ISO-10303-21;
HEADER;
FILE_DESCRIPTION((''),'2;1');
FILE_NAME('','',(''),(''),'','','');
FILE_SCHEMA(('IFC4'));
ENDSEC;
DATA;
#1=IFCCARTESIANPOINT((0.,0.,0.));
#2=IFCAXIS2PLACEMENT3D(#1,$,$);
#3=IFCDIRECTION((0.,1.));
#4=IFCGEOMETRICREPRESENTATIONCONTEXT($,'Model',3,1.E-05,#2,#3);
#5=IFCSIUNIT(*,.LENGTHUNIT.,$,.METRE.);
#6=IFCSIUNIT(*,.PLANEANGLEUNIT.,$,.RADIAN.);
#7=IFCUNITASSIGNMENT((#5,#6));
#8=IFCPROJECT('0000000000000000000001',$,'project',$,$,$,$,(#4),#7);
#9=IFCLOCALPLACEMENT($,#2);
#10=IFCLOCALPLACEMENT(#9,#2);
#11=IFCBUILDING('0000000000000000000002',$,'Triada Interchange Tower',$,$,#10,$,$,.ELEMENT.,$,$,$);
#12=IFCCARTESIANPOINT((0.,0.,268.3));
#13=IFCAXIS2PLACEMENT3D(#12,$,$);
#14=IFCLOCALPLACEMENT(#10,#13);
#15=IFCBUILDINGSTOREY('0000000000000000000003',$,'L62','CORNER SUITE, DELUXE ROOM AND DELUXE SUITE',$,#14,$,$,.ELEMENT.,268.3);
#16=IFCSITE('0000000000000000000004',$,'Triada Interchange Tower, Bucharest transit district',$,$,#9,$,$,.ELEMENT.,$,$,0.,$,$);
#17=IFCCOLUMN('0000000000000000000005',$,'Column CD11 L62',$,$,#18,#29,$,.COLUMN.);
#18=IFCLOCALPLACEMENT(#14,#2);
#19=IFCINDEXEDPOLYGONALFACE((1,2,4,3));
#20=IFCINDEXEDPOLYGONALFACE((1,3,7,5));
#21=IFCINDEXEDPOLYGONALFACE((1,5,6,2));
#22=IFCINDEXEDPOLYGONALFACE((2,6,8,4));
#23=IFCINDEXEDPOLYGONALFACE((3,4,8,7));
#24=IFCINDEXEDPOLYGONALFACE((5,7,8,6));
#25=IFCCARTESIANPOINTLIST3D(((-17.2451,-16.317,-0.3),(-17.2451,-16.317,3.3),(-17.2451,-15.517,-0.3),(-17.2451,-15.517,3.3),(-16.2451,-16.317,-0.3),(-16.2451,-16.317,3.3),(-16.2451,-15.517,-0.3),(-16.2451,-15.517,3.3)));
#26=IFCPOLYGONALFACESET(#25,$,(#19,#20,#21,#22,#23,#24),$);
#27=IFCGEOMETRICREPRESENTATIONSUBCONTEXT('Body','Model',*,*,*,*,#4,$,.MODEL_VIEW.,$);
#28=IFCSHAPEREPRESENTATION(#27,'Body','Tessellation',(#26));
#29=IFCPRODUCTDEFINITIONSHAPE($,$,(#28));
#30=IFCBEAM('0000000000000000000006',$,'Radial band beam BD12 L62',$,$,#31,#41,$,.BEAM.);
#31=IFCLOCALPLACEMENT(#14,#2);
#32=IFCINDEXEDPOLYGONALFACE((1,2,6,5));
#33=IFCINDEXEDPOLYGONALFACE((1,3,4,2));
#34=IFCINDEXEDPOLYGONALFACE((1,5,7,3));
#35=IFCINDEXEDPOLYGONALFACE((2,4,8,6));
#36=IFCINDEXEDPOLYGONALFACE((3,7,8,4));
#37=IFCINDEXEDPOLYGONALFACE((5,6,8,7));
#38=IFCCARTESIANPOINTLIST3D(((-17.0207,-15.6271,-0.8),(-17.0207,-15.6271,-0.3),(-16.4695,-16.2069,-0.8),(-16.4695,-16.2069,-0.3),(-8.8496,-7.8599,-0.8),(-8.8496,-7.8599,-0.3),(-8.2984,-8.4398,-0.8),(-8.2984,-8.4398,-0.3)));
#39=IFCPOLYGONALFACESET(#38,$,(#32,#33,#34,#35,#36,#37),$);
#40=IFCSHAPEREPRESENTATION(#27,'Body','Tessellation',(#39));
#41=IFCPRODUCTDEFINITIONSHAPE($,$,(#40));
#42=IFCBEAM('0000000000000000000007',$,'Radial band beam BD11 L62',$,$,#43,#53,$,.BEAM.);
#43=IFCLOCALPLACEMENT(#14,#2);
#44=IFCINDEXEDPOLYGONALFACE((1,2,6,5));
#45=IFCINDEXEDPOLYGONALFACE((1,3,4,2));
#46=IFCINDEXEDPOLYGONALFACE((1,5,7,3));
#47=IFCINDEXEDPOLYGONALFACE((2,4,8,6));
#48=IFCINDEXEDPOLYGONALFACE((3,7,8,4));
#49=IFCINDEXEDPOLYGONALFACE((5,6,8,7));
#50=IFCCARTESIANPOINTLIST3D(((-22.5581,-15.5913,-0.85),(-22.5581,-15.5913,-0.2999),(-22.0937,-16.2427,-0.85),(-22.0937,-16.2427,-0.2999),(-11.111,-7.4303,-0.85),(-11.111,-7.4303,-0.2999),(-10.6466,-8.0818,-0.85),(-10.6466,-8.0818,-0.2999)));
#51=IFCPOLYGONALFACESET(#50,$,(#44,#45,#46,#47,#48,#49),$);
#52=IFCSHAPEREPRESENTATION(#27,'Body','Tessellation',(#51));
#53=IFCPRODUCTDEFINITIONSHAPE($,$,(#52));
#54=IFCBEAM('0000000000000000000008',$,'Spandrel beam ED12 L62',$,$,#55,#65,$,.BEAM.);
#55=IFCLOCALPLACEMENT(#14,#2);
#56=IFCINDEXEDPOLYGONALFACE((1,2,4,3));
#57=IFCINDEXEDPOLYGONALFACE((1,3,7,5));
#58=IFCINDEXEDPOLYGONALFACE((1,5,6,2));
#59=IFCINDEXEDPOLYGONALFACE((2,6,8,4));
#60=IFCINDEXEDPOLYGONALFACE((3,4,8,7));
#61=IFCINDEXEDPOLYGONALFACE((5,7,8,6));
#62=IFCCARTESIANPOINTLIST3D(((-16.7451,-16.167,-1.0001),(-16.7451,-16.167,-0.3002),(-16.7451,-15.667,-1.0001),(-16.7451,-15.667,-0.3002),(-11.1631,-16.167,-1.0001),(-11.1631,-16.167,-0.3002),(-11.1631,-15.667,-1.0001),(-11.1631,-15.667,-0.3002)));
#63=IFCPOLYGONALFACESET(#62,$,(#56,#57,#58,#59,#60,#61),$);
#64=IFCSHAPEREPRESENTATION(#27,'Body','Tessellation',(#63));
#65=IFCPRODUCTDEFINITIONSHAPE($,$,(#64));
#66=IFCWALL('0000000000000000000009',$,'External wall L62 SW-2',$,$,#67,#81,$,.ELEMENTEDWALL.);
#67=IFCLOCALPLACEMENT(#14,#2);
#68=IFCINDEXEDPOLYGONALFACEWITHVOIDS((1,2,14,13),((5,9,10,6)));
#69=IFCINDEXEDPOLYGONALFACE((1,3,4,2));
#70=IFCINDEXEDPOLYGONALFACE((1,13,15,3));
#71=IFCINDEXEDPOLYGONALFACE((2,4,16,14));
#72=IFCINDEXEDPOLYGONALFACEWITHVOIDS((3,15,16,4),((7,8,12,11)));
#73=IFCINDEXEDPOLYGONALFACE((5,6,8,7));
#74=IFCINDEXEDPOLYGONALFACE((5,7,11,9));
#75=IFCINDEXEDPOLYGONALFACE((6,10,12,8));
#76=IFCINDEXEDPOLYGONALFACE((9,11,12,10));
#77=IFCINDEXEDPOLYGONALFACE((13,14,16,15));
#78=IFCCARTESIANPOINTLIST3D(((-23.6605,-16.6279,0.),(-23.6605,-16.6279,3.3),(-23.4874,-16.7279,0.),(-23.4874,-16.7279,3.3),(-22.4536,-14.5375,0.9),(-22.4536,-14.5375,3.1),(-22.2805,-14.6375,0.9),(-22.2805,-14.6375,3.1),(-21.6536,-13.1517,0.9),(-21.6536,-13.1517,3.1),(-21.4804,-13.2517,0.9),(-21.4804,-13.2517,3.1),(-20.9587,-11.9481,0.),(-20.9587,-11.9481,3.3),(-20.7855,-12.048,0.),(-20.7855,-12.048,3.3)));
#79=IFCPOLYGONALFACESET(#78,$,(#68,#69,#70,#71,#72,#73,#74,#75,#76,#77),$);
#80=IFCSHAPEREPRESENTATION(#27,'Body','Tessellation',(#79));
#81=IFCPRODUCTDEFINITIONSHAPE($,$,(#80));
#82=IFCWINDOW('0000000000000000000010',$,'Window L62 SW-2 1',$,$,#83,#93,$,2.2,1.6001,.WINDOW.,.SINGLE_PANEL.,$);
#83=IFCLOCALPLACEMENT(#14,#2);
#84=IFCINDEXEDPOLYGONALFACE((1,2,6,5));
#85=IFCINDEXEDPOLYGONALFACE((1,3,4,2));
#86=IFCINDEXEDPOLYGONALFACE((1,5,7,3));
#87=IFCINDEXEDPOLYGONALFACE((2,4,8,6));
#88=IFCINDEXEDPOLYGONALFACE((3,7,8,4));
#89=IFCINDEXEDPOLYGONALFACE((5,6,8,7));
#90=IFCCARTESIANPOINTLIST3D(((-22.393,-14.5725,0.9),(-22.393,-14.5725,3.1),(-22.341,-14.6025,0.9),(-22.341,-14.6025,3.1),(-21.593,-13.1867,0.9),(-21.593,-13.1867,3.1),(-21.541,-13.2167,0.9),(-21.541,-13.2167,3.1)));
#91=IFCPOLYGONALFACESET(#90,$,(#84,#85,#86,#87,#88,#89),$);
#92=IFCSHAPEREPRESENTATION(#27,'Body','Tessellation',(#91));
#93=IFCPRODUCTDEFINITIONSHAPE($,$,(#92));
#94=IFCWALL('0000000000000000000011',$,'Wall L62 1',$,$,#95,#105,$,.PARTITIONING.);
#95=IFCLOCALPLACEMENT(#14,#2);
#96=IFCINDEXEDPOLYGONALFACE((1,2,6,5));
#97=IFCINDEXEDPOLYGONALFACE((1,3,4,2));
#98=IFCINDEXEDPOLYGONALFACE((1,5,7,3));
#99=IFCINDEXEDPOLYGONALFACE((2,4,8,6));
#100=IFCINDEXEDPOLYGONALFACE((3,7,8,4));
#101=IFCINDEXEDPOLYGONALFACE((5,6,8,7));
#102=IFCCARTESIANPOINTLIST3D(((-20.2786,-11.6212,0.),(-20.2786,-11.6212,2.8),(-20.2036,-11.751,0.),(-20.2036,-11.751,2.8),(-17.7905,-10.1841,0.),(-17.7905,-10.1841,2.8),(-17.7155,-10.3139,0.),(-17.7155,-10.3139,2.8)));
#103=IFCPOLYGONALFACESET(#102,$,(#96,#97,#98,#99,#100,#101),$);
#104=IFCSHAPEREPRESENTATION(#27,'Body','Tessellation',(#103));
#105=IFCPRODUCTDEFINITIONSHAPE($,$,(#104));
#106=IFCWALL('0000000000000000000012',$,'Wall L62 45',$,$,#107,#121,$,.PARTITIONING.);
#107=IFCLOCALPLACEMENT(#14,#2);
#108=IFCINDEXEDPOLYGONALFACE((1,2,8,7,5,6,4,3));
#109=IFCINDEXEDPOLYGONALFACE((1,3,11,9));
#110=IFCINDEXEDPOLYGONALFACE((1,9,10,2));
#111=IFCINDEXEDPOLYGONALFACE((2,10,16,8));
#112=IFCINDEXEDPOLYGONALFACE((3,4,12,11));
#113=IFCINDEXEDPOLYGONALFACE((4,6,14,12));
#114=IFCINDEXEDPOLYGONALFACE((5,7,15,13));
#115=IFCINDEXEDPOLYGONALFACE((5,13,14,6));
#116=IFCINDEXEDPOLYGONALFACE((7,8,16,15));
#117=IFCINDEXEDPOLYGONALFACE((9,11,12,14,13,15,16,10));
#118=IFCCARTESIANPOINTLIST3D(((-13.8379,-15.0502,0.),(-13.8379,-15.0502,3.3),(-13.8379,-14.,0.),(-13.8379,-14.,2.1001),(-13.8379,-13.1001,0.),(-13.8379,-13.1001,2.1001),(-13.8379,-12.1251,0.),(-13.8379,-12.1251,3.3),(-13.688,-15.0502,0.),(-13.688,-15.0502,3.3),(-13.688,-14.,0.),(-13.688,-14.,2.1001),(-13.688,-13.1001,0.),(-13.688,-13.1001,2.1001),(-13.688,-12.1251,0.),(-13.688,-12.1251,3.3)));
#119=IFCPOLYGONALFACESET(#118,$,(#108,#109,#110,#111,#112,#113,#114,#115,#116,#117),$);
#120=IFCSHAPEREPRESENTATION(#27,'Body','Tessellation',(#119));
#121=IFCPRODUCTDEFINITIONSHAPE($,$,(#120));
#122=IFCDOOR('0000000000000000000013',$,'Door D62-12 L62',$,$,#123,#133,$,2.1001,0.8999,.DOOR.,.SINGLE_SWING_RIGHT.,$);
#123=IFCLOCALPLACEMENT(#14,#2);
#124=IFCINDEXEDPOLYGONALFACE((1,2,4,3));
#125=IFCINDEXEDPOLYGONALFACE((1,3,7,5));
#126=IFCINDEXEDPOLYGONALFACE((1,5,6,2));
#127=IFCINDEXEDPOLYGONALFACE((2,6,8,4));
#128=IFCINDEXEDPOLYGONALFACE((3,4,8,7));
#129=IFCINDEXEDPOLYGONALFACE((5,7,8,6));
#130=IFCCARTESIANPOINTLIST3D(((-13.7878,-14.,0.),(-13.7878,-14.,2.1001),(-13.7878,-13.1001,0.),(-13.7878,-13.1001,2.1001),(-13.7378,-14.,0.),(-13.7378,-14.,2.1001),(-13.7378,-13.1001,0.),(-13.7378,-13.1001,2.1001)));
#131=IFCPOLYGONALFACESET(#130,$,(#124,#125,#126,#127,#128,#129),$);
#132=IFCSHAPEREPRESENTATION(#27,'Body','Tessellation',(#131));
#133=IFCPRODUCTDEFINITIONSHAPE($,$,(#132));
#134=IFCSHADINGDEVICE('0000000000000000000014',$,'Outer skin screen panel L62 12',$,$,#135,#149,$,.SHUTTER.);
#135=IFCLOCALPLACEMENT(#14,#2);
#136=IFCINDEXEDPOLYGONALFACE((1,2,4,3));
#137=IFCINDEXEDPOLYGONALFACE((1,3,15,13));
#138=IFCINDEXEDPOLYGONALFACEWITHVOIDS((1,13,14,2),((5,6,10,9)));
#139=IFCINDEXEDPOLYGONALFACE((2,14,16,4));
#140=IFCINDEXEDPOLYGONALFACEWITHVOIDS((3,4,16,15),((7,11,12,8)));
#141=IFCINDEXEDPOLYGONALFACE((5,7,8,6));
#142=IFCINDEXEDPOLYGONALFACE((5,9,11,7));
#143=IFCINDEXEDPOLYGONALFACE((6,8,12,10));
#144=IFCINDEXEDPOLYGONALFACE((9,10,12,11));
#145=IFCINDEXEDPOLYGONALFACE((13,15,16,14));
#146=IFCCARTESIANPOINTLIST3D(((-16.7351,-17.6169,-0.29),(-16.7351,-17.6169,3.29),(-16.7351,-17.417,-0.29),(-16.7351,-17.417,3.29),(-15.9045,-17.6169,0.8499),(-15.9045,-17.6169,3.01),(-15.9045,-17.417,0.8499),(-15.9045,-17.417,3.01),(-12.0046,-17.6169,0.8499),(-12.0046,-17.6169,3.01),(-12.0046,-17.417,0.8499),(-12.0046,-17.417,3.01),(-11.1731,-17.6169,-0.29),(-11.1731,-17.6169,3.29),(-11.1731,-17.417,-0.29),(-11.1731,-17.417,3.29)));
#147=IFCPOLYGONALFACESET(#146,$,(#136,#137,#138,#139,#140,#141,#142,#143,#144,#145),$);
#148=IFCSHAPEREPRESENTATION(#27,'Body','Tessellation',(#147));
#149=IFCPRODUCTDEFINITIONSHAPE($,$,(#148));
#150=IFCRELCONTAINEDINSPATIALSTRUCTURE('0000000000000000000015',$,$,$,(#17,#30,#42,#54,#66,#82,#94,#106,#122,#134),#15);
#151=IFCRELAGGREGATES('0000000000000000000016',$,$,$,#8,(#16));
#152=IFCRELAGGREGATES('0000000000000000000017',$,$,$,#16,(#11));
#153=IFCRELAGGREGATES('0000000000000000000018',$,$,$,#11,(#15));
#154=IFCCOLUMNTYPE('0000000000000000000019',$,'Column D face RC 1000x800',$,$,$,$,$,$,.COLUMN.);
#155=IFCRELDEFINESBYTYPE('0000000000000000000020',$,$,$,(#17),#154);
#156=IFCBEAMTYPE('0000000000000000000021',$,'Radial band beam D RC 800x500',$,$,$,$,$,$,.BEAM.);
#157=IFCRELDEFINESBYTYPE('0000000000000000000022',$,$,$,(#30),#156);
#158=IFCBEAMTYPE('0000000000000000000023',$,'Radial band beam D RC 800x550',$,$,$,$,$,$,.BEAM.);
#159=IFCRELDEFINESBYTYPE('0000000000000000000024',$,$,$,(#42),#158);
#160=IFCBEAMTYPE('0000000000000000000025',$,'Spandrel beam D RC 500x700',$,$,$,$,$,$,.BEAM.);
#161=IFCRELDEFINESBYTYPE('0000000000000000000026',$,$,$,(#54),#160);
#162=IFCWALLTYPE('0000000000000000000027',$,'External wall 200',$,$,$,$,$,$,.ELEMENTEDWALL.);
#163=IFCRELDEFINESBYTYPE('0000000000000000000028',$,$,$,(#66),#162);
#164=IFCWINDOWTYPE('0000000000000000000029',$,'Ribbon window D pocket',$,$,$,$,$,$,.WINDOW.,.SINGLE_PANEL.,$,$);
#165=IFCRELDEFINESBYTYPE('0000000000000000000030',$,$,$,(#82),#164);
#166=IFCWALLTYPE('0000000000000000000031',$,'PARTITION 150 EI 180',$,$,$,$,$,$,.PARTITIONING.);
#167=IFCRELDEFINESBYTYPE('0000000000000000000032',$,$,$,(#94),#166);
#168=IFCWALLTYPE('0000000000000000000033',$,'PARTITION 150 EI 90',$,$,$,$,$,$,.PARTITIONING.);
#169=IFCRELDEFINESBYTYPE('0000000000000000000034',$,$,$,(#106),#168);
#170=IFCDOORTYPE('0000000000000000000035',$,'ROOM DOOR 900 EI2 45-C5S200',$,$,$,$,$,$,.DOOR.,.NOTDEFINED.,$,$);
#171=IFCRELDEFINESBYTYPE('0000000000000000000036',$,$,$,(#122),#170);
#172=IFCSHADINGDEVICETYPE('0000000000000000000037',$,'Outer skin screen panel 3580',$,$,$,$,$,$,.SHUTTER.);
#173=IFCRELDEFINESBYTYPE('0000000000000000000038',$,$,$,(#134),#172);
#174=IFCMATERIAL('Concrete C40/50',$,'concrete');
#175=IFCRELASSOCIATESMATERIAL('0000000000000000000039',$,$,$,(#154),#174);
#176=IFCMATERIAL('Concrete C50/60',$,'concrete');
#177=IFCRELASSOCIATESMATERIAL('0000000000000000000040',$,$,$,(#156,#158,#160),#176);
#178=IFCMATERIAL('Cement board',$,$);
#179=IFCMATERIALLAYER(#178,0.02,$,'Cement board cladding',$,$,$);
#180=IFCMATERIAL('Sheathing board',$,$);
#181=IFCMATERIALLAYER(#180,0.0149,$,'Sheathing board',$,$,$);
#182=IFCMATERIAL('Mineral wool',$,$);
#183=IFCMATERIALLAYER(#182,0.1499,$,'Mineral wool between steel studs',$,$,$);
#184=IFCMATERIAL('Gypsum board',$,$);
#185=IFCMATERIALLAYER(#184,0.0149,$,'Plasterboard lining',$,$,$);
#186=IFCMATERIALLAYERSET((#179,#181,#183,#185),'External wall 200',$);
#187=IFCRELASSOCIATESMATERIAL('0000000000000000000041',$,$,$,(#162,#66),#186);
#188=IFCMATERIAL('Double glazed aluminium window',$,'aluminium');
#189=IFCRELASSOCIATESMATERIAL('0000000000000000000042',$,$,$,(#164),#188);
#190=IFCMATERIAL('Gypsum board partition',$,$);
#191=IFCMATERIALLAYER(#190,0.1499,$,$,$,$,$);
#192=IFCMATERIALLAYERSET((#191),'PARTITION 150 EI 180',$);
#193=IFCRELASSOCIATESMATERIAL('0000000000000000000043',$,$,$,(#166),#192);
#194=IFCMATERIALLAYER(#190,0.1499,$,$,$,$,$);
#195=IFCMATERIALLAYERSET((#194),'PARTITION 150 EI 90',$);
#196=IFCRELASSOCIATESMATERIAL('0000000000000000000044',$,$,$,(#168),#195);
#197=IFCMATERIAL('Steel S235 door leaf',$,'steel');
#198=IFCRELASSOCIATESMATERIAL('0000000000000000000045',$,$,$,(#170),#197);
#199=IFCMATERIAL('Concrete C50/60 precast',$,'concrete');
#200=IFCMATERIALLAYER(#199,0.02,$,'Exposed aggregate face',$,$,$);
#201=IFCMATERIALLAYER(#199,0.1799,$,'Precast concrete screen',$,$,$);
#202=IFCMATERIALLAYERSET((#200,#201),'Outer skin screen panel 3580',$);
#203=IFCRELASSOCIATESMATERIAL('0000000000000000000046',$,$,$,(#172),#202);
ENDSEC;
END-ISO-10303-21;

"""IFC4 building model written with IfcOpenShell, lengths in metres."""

from ifc_helpers import new_model, si_unit, direction, frame, frame_2d, origin, origin_2d, place, context, subcontext, project, spatial, polyline, rectangle, outline, extrude, material, layer, layer_set, layer_usage, material_profile, profile_set, type_object, element, fill, save


model = new_model("IFC4")

# Units and contexts
model_context = context("Model", 3, precision=1e-05, world=origin(), true_north=direction((0.0, 1.0)))
body_context = subcontext(model_context, "Body", "Model", "MODEL_VIEW")
ifc_project = project(units=[si_unit("LENGTHUNIT", "METRE"), si_unit("PLANEANGLEUNIT", "RADIAN")], contexts=[model_context])

# Site, building, storey
site_placement = place(None, origin())
site = spatial("IfcSite", under=ifc_project, at=site_placement, Name="Triada Interchange Tower, Bucharest transit district", CompositionType="ELEMENT", RefElevation=0.0)
building_placement = place(site_placement, origin())
building = spatial("IfcBuilding", under=site, at=building_placement, Name="Triada Interchange Tower", CompositionType="ELEMENT")
storey_placement = place(building_placement, frame((0.0, 0.0, 268.3)))
storey = spatial("IfcBuildingStorey", under=building, at=storey_placement, Name="L62", Description="CORNER SUITE, DELUXE ROOM AND DELUXE SUITE", CompositionType="ELEMENT", Elevation=268.3)

# Column
ifc_material_1 = material(Name="Concrete C40/50", Category="concrete")
ifc_material_profile_1 = material_profile(ifc_material_1, rectangle(XDim=1.0, YDim=0.8, at=origin_2d()), Name="RC 1000x800")
ifc_profile_set_1 = profile_set([ifc_material_profile_1], Name="Concrete C40/50")
column_type = type_object("IfcColumnType", Name="Column D face RC 1000x800", PredefinedType="COLUMN", material=ifc_profile_set_1)
column_placement = place(storey_placement, frame((-16.7451, -15.917, -0.3), z_axis=(0.0, 0.0, 1.0), x_axis=(1.0, 0.0, 0.0)))
element("IfcColumn", 1, at=column_placement, inside=storey, type_object=column_type, Name="Column CD11 L62", PredefinedType="COLUMN", context=body_context, shape_type="SweptSolid", body=[
    extrude(rectangle(XDim=1.0, YDim=0.8, at=origin_2d()), origin(), (0.0, 0.0, 1.0), 3.6001),
])

# Beams
ifc_material_2 = material(Name="Concrete C50/60", Category="concrete")
ifc_material_profile_2 = material_profile(ifc_material_2, rectangle(XDim=0.8, YDim=0.5, at=origin_2d()), Name="RC 800x500")
ifc_profile_set_2 = profile_set([ifc_material_profile_2], Name="Concrete C50/60")
beam_type_1 = type_object("IfcBeamType", Name="Radial band beam D RC 800x500", PredefinedType="BEAM", material=ifc_profile_set_2)
beam_1_placement = place(storey_placement, frame((-16.7451, -15.917, -0.55), z_axis=(0.7248, 0.688959, 0.0), x_axis=(-0.688959, 0.7248, 0.0)))
element("IfcBeam", 2, at=beam_1_placement, inside=storey, type_object=beam_type_1, Name="Radial band beam BD12 L62", PredefinedType="BEAM", context=body_context, shape_type="SweptSolid", body=[
    extrude(rectangle(XDim=0.8, YDim=0.5, at=origin_2d()), origin(), (0.0, 0.0, 1.0), 11.2737),
])
ifc_material_profile_3 = material_profile(ifc_material_2, rectangle(XDim=0.8, YDim=0.55, at=origin_2d()), Name="RC 800x550")
ifc_profile_set_3 = profile_set([ifc_material_profile_3], Name="Concrete C50/60")
beam_type_2 = type_object("IfcBeamType", Name="Radial band beam D RC 800x550", PredefinedType="BEAM", material=ifc_profile_set_3)
beam_2_placement = place(storey_placement, frame((-22.3259, -15.917, -0.575), z_axis=(0.814256, 0.580505, 0.0), x_axis=(-0.580505, 0.814256, 0.0)))
element("IfcBeam", 3, at=beam_2_placement, inside=storey, type_object=beam_type_2, Name="Radial band beam BD11 L62", PredefinedType="BEAM", context=body_context, shape_type="SweptSolid", body=[
    extrude(rectangle(XDim=0.8, YDim=0.55, at=origin_2d()), origin(), (0.0, 0.0, 1.0), 14.0583),
])
ifc_material_profile_4 = material_profile(ifc_material_2, rectangle(XDim=0.5, YDim=0.7, at=origin_2d()), Name="RC 500x700")
ifc_profile_set_4 = profile_set([ifc_material_profile_4], Name="Concrete C50/60")
beam_type_3 = type_object("IfcBeamType", Name="Spandrel beam D RC 500x700", PredefinedType="BEAM", material=ifc_profile_set_4)
beam_3_placement = place(storey_placement, frame((-16.7451, -15.917, -0.6501), z_axis=(1.0, 0.0, 0.0), x_axis=(0.0, 1.0, 0.0)))
element("IfcBeam", 4, at=beam_3_placement, inside=storey, type_object=beam_type_3, Name="Spandrel beam ED12 L62", PredefinedType="BEAM", context=body_context, shape_type="SweptSolid", body=[
    extrude(rectangle(XDim=0.5, YDim=0.7, at=origin_2d()), origin(), (0.0, 0.0, 1.0), 5.582),
])

# Wall, opening, window
ifc_material_3 = material(Name="Cement board")
ifc_layer_1 = layer(ifc_material_3, 0.02, Name="Cement board cladding")
ifc_material_4 = material(Name="Sheathing board")
ifc_layer_2 = layer(ifc_material_4, 0.0149, Name="Sheathing board")
ifc_material_5 = material(Name="Mineral wool")
ifc_layer_3 = layer(ifc_material_5, 0.1499, Name="Mineral wool between steel studs")
ifc_material_6 = material(Name="Gypsum board")
ifc_layer_4 = layer(ifc_material_6, 0.0149, Name="Plasterboard lining")
ifc_layer_set_1 = layer_set([ifc_layer_1, ifc_layer_2, ifc_layer_3, ifc_layer_4], Name="External wall 200")
ifc_layer_usage = layer_usage(ifc_layer_set_1, "AXIS2", "POSITIVE", -0.1001)
wall_type_1 = type_object("IfcWallType", Name="External wall 200", PredefinedType="ELEMENTEDWALL", material=ifc_layer_set_1)
wall_1_placement = place(storey_placement, frame((-20.8721, -11.998, 0.0), z_axis=(0.0, 0.0, 1.0), x_axis=(-0.499992, -0.86603, 0.0)))
wall_1 = element("IfcWall", 5, at=wall_1_placement, inside=storey, type_object=wall_type_1, material=ifc_layer_usage, Name="External wall L62 SW-2", PredefinedType="ELEMENTEDWALL", context=body_context, shape_type="SweptSolid", body=[
    extrude(rectangle(XDim=5.4038, YDim=0.2, at=frame_2d((2.7019, 0.0))), origin(), (0.0, 0.0, 1.0), 3.3),
])
opening_1_placement = place(wall_1_placement, frame((1.3899, 0.0, 0.8999)))
opening_1 = element("IfcOpeningElement", 6, at=opening_1_placement, cuts=wall_1, PredefinedType="OPENING", context=body_context, shape_type="SweptSolid", body=[
    extrude(rectangle(XDim=1.6001, YDim=2.2, at=frame_2d((0.8, 1.1001))), frame((0.0, 0.1099, 0.0), z_axis=(0.0, -1.0, 0.0), x_axis=(1.0, 0.0, 0.0)), (0.0, 0.0, 1.0), 0.22),
])
ifc_material_7 = material(Name="Double glazed aluminium window", Category="aluminium")
window_type = type_object("IfcWindowType", Name="Ribbon window D pocket", PartitioningType="SINGLE_PANEL", PredefinedType="WINDOW", material=ifc_material_7)
window_placement = place(opening_1_placement, origin())
window = element("IfcWindow", 7, at=window_placement, inside=storey, type_object=window_type, Name="Window L62 SW-2 1", OverallHeight=2.2, OverallWidth=1.6001, PartitioningType="SINGLE_PANEL", PredefinedType="WINDOW", context=body_context, shape_type="SweptSolid", body=[
    extrude(rectangle(XDim=1.6001, YDim=2.2, at=frame_2d((0.8, 1.1001))), frame((0.0, 0.03, 0.0), z_axis=(0.0, -1.0, 0.0), x_axis=(1.0, 0.0, 0.0)), (0.0, 0.0, 1.0), 0.0601),
])
fill(opening_1, window)

# Wall
ifc_material_8 = material(Name="Gypsum board partition")
ifc_layer_5 = layer(ifc_material_8, 0.1499)
ifc_layer_set_2 = layer_set([ifc_layer_5], Name="PARTITION 150 EI 180")
wall_type_2 = type_object("IfcWallType", Name="PARTITION 150 EI 180", PredefinedType="PARTITIONING", material=ifc_layer_set_2)
wall_2_placement = place(storey_placement, frame((-20.241, -11.686, 0.0), z_axis=(0.0, 0.0, 1.0), x_axis=(0.865944, 0.500142, 0.0)))
element("IfcWall", 8, at=wall_2_placement, inside=storey, type_object=wall_type_2, Name="Wall L62 1", PredefinedType="PARTITIONING", context=body_context, shape_type="SweptSolid", body=[
    extrude(rectangle(XDim=2.8733, YDim=0.1499, at=frame_2d((1.4365, 0.0))), origin(), (0.0, 0.0, 1.0), 2.8),
])

# Wall, opening, door
ifc_layer_6 = layer(ifc_material_8, 0.1499)
ifc_layer_set_3 = layer_set([ifc_layer_6], Name="PARTITION 150 EI 90")
wall_type_3 = type_object("IfcWallType", Name="PARTITION 150 EI 90", PredefinedType="PARTITIONING", material=ifc_layer_set_3)
wall_3_placement = place(storey_placement, frame((-13.7629, -15.05, 0.0), z_axis=(0.0, 0.0, 1.0), x_axis=(0.0, 1.0, 0.0)))
wall_3 = element("IfcWall", 9, at=wall_3_placement, inside=storey, type_object=wall_type_3, Name="Wall L62 45", PredefinedType="PARTITIONING", context=body_context, shape_type="SweptSolid", body=[
    extrude(rectangle(XDim=2.925, YDim=0.1499, at=frame_2d((1.4624, 0.0))), origin(), (0.0, 0.0, 1.0), 3.3),
])
opening_2_placement = place(wall_3_placement, frame((1.05, 0.0, 0.0)))
opening_2 = element("IfcOpeningElement", 10, at=opening_2_placement, cuts=wall_3, PredefinedType="OPENING", context=body_context, shape_type="SweptSolid", body=[
    extrude(rectangle(XDim=0.8999, YDim=2.1001, at=frame_2d((0.45, 1.05))), frame((0.0, 0.085, 0.0), z_axis=(0.0, -1.0, 0.0), x_axis=(1.0, 0.0, 0.0)), (0.0, 0.0, 1.0), 0.1699),
])
ifc_material_9 = material(Name="Steel S235 door leaf", Category="steel")
door_type = type_object("IfcDoorType", Name="ROOM DOOR 900 EI2 45-C5S200", OperationType="NOTDEFINED", PredefinedType="DOOR", material=ifc_material_9)
door_placement = place(opening_2_placement, origin())
door = element("IfcDoor", 11, at=door_placement, inside=storey, type_object=door_type, Name="Door D62-12 L62", OperationType="SINGLE_SWING_RIGHT", OverallHeight=2.1001, OverallWidth=0.8999, PredefinedType="DOOR", context=body_context, shape_type="SweptSolid", body=[
    extrude(rectangle(XDim=0.8999, YDim=2.1001, at=frame_2d((0.45, 1.05))), frame((0.0, 0.0249, 0.0), z_axis=(0.0, -1.0, 0.0), x_axis=(1.0, 0.0, 0.0)), (0.0, 0.0, 1.0), 0.05),
])
fill(opening_2, door)

# Shading device
ifc_material_10 = material(Name="Concrete C50/60 precast", Category="concrete")
ifc_layer_7 = layer(ifc_material_10, 0.02, Name="Exposed aggregate face")
ifc_layer_8 = layer(ifc_material_10, 0.1799, Name="Precast concrete screen")
ifc_layer_set_4 = layer_set([ifc_layer_7, ifc_layer_8], Name="Outer skin screen panel 3580")
shading_device_type = type_object("IfcShadingDeviceType", Name="Outer skin screen panel 3580", PredefinedType="SHUTTER", material=ifc_layer_set_4)
shading_device_placement = place(storey_placement, frame((-16.7351, -17.417, -0.29), z_axis=(0.0, 0.0, 1.0), x_axis=(1.0, 0.0, 0.0)))
element("IfcShadingDevice", 12, at=shading_device_placement, inside=storey, type_object=shading_device_type, Name="Outer skin screen panel L62 12", PredefinedType="SHUTTER", context=body_context, shape_type="SweptSolid", body=[
    extrude(outline(polyline([(0.0, 0.0), (5.562, 0.0), (5.562, 3.5801), (0.0, 3.5801), (0.0, 0.0)]), holes=[polyline([(0.8306, 1.1399), (0.8306, 3.3), (4.7305, 3.3), (4.7305, 1.1399), (0.8306, 1.1399)])]), frame((0.0, 0.0, 0.0), z_axis=(0.0, -1.0, 0.0), x_axis=(1.0, 0.0, 0.0)), (0.0, 0.0, 1.0), 0.2),
])

save(model, "model.ifc")
